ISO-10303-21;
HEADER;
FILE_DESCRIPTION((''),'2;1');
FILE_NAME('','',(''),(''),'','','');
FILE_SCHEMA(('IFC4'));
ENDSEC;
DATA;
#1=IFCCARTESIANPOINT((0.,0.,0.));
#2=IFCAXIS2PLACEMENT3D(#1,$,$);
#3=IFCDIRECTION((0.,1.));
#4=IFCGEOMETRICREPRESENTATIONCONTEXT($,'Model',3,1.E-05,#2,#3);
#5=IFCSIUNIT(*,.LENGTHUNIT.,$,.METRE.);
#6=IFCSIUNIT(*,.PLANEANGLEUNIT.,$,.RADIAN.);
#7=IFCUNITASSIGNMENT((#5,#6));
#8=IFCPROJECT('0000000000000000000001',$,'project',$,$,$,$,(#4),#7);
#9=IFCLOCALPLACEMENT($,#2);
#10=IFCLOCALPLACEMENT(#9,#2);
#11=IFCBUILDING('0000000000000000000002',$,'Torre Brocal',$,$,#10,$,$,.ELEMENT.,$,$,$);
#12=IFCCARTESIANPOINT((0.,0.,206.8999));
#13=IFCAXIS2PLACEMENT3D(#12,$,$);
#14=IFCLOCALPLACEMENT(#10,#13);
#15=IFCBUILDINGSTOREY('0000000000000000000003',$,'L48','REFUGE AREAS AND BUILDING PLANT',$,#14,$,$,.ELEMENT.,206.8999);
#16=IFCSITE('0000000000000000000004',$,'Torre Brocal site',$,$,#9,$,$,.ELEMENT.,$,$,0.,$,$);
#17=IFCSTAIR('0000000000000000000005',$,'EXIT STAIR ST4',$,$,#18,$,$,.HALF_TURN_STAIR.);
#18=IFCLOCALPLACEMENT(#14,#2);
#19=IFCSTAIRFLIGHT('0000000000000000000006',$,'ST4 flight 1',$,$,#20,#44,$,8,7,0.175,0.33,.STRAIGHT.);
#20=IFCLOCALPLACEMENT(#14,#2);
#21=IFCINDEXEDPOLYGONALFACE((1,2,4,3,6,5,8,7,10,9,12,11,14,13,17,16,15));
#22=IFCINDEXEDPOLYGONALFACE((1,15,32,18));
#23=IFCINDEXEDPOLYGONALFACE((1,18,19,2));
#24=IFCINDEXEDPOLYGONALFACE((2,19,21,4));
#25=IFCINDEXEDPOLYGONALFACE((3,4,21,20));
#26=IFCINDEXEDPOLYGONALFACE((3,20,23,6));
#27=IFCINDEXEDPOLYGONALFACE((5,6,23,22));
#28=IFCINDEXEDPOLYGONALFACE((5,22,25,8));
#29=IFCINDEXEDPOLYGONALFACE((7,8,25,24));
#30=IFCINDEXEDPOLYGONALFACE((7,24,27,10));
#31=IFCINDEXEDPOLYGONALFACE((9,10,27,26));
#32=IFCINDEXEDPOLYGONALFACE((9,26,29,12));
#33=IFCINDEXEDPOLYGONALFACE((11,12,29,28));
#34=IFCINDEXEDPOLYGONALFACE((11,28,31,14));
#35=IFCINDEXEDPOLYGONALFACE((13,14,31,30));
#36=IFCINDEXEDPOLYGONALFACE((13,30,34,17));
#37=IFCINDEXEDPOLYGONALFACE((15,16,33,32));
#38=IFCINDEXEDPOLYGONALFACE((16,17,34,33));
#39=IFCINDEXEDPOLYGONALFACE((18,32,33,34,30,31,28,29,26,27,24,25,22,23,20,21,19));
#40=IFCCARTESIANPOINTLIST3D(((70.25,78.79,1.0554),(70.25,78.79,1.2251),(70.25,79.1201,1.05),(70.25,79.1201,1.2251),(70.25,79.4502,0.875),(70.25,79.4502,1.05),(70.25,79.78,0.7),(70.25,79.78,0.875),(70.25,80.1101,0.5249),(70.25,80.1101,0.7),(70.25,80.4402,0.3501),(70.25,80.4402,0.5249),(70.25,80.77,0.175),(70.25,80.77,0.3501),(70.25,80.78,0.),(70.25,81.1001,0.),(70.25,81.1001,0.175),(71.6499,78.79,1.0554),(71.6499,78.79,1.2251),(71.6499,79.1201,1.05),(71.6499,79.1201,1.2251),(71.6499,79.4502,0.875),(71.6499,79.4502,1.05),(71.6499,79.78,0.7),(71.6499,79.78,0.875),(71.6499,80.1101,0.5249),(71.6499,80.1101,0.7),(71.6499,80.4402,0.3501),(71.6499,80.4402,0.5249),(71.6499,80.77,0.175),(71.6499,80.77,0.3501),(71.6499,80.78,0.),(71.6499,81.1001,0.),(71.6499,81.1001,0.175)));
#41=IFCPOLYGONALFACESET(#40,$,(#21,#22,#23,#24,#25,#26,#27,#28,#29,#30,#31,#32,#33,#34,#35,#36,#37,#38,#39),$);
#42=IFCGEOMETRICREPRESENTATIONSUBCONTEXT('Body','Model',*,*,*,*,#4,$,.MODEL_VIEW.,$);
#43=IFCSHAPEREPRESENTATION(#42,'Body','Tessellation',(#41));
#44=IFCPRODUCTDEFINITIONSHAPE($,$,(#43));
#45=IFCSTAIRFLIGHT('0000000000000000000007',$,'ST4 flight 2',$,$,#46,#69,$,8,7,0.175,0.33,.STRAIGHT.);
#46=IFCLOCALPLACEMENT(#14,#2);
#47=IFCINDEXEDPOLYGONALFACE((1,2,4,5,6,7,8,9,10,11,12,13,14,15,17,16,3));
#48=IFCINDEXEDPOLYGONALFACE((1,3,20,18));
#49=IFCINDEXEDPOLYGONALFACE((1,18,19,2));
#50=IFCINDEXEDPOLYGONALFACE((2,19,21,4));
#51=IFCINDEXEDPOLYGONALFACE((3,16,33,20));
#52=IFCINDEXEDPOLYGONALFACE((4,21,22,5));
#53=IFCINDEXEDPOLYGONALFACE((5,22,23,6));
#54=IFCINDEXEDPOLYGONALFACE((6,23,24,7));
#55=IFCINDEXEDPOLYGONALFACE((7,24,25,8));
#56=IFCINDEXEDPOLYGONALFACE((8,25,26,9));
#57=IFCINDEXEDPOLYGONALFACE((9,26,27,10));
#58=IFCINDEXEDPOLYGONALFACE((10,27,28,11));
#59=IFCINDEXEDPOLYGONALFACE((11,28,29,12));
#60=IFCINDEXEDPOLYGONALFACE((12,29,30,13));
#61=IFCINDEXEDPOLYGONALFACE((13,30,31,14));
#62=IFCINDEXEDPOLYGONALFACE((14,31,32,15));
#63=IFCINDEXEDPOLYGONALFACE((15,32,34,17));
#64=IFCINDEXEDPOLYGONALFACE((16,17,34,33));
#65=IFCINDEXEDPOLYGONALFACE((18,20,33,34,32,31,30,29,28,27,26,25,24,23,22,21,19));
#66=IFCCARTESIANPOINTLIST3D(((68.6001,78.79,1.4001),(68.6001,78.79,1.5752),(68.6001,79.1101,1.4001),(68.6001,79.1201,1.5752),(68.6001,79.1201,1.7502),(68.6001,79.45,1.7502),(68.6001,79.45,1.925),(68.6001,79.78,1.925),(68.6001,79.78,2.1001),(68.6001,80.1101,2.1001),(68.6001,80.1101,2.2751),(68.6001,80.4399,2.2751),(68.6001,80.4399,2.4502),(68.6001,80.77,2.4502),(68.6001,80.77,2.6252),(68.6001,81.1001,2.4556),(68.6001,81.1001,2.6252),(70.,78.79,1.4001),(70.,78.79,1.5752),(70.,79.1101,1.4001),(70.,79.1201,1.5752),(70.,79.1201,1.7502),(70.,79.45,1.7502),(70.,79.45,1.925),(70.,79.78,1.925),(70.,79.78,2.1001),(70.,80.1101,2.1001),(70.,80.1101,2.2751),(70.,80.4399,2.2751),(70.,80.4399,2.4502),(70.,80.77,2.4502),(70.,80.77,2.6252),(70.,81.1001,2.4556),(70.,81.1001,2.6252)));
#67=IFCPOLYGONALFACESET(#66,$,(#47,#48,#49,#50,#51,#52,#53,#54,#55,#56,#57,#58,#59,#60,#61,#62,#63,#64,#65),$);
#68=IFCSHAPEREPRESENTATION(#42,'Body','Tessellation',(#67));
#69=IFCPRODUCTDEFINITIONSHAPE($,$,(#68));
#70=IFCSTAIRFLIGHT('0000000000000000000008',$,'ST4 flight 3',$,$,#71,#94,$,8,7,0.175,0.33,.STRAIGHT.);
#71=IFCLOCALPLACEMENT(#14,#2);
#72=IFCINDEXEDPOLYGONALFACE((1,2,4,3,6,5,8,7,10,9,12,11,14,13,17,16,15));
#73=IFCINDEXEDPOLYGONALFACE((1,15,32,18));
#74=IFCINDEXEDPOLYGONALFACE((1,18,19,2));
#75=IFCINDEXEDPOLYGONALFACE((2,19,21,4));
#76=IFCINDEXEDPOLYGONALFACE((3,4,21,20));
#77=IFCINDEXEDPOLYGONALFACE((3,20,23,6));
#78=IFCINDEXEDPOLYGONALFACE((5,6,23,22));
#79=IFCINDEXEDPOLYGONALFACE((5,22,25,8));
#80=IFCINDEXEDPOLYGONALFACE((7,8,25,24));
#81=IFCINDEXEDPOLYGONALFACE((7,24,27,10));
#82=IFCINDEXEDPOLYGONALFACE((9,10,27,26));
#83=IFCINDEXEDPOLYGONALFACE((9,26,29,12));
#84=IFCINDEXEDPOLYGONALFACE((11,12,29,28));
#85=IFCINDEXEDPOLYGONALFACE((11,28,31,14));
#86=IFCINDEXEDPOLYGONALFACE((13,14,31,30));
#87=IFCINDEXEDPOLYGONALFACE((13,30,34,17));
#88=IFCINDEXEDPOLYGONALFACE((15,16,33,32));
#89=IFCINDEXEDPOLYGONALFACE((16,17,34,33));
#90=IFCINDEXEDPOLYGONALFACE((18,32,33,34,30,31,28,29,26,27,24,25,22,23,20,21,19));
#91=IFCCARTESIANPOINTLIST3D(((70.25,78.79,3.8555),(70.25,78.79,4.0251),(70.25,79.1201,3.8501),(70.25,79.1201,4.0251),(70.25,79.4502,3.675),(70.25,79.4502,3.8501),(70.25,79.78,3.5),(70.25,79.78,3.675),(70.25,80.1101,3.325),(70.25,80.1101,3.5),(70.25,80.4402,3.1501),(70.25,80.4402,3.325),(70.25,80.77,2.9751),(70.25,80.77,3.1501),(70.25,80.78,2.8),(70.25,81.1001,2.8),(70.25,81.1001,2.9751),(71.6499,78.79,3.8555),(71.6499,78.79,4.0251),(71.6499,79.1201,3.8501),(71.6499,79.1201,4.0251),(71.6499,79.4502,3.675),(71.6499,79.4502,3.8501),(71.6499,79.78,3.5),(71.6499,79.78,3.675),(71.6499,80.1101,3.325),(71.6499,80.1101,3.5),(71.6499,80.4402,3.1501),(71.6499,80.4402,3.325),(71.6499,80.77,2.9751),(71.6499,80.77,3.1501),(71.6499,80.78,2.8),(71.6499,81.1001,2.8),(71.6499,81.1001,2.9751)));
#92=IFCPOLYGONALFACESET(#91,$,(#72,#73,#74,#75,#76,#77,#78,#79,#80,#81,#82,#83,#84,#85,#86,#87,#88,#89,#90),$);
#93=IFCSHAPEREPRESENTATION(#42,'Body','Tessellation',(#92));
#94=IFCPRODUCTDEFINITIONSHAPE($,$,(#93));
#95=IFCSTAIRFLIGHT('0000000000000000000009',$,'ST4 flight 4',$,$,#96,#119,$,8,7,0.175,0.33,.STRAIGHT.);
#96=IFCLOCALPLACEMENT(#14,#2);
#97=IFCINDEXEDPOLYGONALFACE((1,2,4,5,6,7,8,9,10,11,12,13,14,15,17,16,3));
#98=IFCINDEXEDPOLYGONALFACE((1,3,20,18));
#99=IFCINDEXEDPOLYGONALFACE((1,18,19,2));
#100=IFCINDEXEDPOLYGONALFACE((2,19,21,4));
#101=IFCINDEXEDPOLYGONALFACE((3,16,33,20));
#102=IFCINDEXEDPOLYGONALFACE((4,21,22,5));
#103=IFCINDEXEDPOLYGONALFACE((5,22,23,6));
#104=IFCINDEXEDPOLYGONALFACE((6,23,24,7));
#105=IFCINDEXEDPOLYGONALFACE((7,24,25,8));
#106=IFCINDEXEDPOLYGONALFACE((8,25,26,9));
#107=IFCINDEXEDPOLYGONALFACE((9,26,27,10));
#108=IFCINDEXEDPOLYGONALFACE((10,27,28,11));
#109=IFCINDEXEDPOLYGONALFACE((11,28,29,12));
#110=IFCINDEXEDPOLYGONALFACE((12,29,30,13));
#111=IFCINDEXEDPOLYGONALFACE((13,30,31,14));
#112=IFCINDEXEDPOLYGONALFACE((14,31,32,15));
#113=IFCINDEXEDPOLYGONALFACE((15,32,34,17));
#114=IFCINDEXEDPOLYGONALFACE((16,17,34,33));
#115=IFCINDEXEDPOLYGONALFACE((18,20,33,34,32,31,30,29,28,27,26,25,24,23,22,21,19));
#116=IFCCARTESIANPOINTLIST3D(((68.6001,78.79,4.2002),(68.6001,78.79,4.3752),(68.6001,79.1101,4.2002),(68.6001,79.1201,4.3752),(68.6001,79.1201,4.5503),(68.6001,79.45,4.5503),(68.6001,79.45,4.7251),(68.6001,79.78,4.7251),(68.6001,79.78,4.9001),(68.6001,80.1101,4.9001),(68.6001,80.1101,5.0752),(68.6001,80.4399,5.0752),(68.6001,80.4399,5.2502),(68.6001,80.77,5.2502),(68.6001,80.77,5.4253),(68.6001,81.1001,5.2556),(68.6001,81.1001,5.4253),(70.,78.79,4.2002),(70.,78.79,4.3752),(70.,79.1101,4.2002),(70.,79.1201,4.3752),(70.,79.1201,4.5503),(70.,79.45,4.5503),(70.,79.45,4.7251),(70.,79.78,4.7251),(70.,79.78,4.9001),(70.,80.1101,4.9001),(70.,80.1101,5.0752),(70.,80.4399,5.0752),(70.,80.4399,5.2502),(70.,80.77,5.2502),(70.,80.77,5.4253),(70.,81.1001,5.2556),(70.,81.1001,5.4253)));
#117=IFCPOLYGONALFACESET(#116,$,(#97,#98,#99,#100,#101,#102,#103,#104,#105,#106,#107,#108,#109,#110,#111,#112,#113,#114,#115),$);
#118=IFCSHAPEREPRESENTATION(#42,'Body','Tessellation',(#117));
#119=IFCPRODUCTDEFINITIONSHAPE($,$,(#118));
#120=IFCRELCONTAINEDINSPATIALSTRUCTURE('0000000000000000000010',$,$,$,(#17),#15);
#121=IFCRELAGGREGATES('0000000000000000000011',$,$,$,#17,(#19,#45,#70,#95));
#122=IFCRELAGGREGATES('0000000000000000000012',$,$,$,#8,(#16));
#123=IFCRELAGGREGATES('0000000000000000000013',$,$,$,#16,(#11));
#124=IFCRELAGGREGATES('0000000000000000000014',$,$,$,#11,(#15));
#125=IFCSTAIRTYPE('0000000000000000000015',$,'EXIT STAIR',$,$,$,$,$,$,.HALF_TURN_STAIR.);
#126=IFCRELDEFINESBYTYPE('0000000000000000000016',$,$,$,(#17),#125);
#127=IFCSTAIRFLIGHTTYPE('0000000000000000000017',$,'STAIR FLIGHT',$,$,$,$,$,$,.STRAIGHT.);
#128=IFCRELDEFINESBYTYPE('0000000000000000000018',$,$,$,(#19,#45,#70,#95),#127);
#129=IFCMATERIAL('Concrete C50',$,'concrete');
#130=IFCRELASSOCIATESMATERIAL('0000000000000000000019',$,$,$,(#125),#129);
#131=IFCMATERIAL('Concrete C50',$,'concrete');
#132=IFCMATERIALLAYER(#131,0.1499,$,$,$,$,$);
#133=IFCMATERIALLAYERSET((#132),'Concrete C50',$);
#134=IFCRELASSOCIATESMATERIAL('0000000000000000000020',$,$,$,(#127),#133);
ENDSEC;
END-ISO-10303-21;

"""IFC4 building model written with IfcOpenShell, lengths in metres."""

from ifc_helpers import new_model, si_unit, direction, frame, origin, place, context, subcontext, project, spatial, polyline, outline, extrude, material, layer, layer_set, type_object, element, aggregate, save


model = new_model("IFC4")

# Units and contexts
model_context = context("Model", 3, precision=1e-05, world=origin(), true_north=direction((0.0, 1.0)))
body_context = subcontext(model_context, "Body", "Model", "MODEL_VIEW")
ifc_project = project(units=[si_unit("LENGTHUNIT", "METRE"), si_unit("PLANEANGLEUNIT", "RADIAN")], contexts=[model_context])

# Site, building, storey
site_placement = place(None, origin())
site = spatial("IfcSite", under=ifc_project, at=site_placement, Name="Torre Brocal site", CompositionType="ELEMENT", RefElevation=0.0)
building_placement = place(site_placement, origin())
building = spatial("IfcBuilding", under=site, at=building_placement, Name="Torre Brocal", CompositionType="ELEMENT")
storey_placement = place(building_placement, frame((0.0, 0.0, 206.8999)))
storey = spatial("IfcBuildingStorey", under=building, at=storey_placement, Name="L48", Description="REFUGE AREAS AND BUILDING PLANT", CompositionType="ELEMENT", Elevation=206.8999)

# Stair, stair flights
ifc_material_1 = material(Name="Concrete C50", Category="concrete")
stair_type = type_object("IfcStairType", Name="EXIT STAIR", PredefinedType="HALF_TURN_STAIR", material=ifc_material_1)
stair_placement = place(storey_placement, origin())
stair = element("IfcStair", 1, at=stair_placement, inside=storey, type_object=stair_type, Name="EXIT STAIR ST4", PredefinedType="HALF_TURN_STAIR")
ifc_material_2 = material(Name="Concrete C50", Category="concrete")
ifc_layer_1 = layer(ifc_material_2, 0.1499)
ifc_layer_set_1 = layer_set([ifc_layer_1], Name="Concrete C50")
stair_flight_type = type_object("IfcStairFlightType", Name="STAIR FLIGHT", PredefinedType="STRAIGHT", material=ifc_layer_set_1)
stair_flight_1_placement = place(storey_placement, frame((70.95, 81.1001, 0.0), z_axis=(0.0, 0.0, 1.0), x_axis=(0.0, -1.0, 0.0)))
stair_flight_1 = element("IfcStairFlight", 2, at=stair_flight_1_placement, type_object=stair_flight_type, Name="ST4 flight 1", NumberOfRisers=8, NumberOfTreads=7, PredefinedType="STRAIGHT", RiserHeight=0.175, TreadLength=0.33, context=body_context, shape_type="SweptSolid", body=[
    extrude(outline(polyline([(0.0, 0.0), (0.0, 0.175), (0.3301, 0.175), (0.3301, 0.3501), (0.6599, 0.3501), (0.6599, 0.5249), (0.99, 0.5249), (0.99, 0.7), (1.3201, 0.7), (1.3201, 0.875), (1.6499, 0.875), (1.6499, 1.05), (1.98, 1.05), (1.98, 1.2251), (2.3101, 1.2251), (2.3101, 1.3999), (2.3101, 1.0554), (0.3201, 0.0), (0.0, 0.0)])), frame((0.0, 0.7, 0.0), z_axis=(0.0, -1.0, 0.0), x_axis=(1.0, 0.0, 0.0)), (0.0, 0.0, 1.0), 1.3999),
])
stair_flight_2_placement = place(storey_placement, frame((69.3, 78.79, 1.4001), z_axis=(0.0, 0.0, 1.0), x_axis=(0.0, 1.0, 0.0)))
stair_flight_2 = element("IfcStairFlight", 3, at=stair_flight_2_placement, type_object=stair_flight_type, Name="ST4 flight 2", NumberOfRisers=8, NumberOfTreads=7, PredefinedType="STRAIGHT", RiserHeight=0.175, TreadLength=0.33, context=body_context, shape_type="SweptSolid", body=[
    extrude(outline(polyline([(0.0, 0.0), (0.0, 0.175), (0.3301, 0.175), (0.3301, 0.3501), (0.6599, 0.3501), (0.6599, 0.5249), (0.99, 0.5249), (0.99, 0.7), (1.3201, 0.7), (1.3201, 0.875), (1.6499, 0.875), (1.6499, 1.05), (1.98, 1.05), (1.98, 1.2251), (2.3101, 1.2251), (2.3101, 1.3999), (2.3101, 1.0554), (0.3201, 0.0), (0.0, 0.0)])), frame((0.0, 0.7, 0.0), z_axis=(0.0, -1.0, 0.0), x_axis=(1.0, 0.0, 0.0)), (0.0, 0.0, 1.0), 1.3999),
])
stair_flight_3_placement = place(storey_placement, frame((70.95, 81.1001, 2.8), z_axis=(0.0, 0.0, 1.0), x_axis=(0.0, -1.0, 0.0)))
stair_flight_3 = element("IfcStairFlight", 4, at=stair_flight_3_placement, type_object=stair_flight_type, Name="ST4 flight 3", NumberOfRisers=8, NumberOfTreads=7, PredefinedType="STRAIGHT", RiserHeight=0.175, TreadLength=0.33, context=body_context, shape_type="SweptSolid", body=[
    extrude(outline(polyline([(0.0, 0.0), (0.0, 0.175), (0.3301, 0.175), (0.3301, 0.3501), (0.6599, 0.3501), (0.6599, 0.5249), (0.99, 0.5249), (0.99, 0.7), (1.3201, 0.7), (1.3201, 0.875), (1.6499, 0.875), (1.6499, 1.05), (1.98, 1.05), (1.98, 1.2251), (2.3101, 1.2251), (2.3101, 1.3999), (2.3101, 1.0554), (0.3201, 0.0), (0.0, 0.0)])), frame((0.0, 0.7, 0.0), z_axis=(0.0, -1.0, 0.0), x_axis=(1.0, 0.0, 0.0)), (0.0, 0.0, 1.0), 1.3999),
])
stair_flight_4_placement = place(storey_placement, frame((69.3, 78.79, 4.2002), z_axis=(0.0, 0.0, 1.0), x_axis=(0.0, 1.0, 0.0)))
stair_flight_4 = element("IfcStairFlight", 5, at=stair_flight_4_placement, type_object=stair_flight_type, Name="ST4 flight 4", NumberOfRisers=8, NumberOfTreads=7, PredefinedType="STRAIGHT", RiserHeight=0.175, TreadLength=0.33, context=body_context, shape_type="SweptSolid", body=[
    extrude(outline(polyline([(0.0, 0.0), (0.0, 0.175), (0.3301, 0.175), (0.3301, 0.3501), (0.6599, 0.3501), (0.6599, 0.5249), (0.99, 0.5249), (0.99, 0.7), (1.3201, 0.7), (1.3201, 0.875), (1.6499, 0.875), (1.6499, 1.05), (1.98, 1.05), (1.98, 1.2251), (2.3101, 1.2251), (2.3101, 1.3999), (2.3101, 1.0554), (0.3201, 0.0), (0.0, 0.0)])), frame((0.0, 0.7, 0.0), z_axis=(0.0, -1.0, 0.0), x_axis=(1.0, 0.0, 0.0)), (0.0, 0.0, 1.0), 1.3999),
])
aggregate(stair, [stair_flight_1, stair_flight_2, stair_flight_3, stair_flight_4])

save(model, "model.ifc")
